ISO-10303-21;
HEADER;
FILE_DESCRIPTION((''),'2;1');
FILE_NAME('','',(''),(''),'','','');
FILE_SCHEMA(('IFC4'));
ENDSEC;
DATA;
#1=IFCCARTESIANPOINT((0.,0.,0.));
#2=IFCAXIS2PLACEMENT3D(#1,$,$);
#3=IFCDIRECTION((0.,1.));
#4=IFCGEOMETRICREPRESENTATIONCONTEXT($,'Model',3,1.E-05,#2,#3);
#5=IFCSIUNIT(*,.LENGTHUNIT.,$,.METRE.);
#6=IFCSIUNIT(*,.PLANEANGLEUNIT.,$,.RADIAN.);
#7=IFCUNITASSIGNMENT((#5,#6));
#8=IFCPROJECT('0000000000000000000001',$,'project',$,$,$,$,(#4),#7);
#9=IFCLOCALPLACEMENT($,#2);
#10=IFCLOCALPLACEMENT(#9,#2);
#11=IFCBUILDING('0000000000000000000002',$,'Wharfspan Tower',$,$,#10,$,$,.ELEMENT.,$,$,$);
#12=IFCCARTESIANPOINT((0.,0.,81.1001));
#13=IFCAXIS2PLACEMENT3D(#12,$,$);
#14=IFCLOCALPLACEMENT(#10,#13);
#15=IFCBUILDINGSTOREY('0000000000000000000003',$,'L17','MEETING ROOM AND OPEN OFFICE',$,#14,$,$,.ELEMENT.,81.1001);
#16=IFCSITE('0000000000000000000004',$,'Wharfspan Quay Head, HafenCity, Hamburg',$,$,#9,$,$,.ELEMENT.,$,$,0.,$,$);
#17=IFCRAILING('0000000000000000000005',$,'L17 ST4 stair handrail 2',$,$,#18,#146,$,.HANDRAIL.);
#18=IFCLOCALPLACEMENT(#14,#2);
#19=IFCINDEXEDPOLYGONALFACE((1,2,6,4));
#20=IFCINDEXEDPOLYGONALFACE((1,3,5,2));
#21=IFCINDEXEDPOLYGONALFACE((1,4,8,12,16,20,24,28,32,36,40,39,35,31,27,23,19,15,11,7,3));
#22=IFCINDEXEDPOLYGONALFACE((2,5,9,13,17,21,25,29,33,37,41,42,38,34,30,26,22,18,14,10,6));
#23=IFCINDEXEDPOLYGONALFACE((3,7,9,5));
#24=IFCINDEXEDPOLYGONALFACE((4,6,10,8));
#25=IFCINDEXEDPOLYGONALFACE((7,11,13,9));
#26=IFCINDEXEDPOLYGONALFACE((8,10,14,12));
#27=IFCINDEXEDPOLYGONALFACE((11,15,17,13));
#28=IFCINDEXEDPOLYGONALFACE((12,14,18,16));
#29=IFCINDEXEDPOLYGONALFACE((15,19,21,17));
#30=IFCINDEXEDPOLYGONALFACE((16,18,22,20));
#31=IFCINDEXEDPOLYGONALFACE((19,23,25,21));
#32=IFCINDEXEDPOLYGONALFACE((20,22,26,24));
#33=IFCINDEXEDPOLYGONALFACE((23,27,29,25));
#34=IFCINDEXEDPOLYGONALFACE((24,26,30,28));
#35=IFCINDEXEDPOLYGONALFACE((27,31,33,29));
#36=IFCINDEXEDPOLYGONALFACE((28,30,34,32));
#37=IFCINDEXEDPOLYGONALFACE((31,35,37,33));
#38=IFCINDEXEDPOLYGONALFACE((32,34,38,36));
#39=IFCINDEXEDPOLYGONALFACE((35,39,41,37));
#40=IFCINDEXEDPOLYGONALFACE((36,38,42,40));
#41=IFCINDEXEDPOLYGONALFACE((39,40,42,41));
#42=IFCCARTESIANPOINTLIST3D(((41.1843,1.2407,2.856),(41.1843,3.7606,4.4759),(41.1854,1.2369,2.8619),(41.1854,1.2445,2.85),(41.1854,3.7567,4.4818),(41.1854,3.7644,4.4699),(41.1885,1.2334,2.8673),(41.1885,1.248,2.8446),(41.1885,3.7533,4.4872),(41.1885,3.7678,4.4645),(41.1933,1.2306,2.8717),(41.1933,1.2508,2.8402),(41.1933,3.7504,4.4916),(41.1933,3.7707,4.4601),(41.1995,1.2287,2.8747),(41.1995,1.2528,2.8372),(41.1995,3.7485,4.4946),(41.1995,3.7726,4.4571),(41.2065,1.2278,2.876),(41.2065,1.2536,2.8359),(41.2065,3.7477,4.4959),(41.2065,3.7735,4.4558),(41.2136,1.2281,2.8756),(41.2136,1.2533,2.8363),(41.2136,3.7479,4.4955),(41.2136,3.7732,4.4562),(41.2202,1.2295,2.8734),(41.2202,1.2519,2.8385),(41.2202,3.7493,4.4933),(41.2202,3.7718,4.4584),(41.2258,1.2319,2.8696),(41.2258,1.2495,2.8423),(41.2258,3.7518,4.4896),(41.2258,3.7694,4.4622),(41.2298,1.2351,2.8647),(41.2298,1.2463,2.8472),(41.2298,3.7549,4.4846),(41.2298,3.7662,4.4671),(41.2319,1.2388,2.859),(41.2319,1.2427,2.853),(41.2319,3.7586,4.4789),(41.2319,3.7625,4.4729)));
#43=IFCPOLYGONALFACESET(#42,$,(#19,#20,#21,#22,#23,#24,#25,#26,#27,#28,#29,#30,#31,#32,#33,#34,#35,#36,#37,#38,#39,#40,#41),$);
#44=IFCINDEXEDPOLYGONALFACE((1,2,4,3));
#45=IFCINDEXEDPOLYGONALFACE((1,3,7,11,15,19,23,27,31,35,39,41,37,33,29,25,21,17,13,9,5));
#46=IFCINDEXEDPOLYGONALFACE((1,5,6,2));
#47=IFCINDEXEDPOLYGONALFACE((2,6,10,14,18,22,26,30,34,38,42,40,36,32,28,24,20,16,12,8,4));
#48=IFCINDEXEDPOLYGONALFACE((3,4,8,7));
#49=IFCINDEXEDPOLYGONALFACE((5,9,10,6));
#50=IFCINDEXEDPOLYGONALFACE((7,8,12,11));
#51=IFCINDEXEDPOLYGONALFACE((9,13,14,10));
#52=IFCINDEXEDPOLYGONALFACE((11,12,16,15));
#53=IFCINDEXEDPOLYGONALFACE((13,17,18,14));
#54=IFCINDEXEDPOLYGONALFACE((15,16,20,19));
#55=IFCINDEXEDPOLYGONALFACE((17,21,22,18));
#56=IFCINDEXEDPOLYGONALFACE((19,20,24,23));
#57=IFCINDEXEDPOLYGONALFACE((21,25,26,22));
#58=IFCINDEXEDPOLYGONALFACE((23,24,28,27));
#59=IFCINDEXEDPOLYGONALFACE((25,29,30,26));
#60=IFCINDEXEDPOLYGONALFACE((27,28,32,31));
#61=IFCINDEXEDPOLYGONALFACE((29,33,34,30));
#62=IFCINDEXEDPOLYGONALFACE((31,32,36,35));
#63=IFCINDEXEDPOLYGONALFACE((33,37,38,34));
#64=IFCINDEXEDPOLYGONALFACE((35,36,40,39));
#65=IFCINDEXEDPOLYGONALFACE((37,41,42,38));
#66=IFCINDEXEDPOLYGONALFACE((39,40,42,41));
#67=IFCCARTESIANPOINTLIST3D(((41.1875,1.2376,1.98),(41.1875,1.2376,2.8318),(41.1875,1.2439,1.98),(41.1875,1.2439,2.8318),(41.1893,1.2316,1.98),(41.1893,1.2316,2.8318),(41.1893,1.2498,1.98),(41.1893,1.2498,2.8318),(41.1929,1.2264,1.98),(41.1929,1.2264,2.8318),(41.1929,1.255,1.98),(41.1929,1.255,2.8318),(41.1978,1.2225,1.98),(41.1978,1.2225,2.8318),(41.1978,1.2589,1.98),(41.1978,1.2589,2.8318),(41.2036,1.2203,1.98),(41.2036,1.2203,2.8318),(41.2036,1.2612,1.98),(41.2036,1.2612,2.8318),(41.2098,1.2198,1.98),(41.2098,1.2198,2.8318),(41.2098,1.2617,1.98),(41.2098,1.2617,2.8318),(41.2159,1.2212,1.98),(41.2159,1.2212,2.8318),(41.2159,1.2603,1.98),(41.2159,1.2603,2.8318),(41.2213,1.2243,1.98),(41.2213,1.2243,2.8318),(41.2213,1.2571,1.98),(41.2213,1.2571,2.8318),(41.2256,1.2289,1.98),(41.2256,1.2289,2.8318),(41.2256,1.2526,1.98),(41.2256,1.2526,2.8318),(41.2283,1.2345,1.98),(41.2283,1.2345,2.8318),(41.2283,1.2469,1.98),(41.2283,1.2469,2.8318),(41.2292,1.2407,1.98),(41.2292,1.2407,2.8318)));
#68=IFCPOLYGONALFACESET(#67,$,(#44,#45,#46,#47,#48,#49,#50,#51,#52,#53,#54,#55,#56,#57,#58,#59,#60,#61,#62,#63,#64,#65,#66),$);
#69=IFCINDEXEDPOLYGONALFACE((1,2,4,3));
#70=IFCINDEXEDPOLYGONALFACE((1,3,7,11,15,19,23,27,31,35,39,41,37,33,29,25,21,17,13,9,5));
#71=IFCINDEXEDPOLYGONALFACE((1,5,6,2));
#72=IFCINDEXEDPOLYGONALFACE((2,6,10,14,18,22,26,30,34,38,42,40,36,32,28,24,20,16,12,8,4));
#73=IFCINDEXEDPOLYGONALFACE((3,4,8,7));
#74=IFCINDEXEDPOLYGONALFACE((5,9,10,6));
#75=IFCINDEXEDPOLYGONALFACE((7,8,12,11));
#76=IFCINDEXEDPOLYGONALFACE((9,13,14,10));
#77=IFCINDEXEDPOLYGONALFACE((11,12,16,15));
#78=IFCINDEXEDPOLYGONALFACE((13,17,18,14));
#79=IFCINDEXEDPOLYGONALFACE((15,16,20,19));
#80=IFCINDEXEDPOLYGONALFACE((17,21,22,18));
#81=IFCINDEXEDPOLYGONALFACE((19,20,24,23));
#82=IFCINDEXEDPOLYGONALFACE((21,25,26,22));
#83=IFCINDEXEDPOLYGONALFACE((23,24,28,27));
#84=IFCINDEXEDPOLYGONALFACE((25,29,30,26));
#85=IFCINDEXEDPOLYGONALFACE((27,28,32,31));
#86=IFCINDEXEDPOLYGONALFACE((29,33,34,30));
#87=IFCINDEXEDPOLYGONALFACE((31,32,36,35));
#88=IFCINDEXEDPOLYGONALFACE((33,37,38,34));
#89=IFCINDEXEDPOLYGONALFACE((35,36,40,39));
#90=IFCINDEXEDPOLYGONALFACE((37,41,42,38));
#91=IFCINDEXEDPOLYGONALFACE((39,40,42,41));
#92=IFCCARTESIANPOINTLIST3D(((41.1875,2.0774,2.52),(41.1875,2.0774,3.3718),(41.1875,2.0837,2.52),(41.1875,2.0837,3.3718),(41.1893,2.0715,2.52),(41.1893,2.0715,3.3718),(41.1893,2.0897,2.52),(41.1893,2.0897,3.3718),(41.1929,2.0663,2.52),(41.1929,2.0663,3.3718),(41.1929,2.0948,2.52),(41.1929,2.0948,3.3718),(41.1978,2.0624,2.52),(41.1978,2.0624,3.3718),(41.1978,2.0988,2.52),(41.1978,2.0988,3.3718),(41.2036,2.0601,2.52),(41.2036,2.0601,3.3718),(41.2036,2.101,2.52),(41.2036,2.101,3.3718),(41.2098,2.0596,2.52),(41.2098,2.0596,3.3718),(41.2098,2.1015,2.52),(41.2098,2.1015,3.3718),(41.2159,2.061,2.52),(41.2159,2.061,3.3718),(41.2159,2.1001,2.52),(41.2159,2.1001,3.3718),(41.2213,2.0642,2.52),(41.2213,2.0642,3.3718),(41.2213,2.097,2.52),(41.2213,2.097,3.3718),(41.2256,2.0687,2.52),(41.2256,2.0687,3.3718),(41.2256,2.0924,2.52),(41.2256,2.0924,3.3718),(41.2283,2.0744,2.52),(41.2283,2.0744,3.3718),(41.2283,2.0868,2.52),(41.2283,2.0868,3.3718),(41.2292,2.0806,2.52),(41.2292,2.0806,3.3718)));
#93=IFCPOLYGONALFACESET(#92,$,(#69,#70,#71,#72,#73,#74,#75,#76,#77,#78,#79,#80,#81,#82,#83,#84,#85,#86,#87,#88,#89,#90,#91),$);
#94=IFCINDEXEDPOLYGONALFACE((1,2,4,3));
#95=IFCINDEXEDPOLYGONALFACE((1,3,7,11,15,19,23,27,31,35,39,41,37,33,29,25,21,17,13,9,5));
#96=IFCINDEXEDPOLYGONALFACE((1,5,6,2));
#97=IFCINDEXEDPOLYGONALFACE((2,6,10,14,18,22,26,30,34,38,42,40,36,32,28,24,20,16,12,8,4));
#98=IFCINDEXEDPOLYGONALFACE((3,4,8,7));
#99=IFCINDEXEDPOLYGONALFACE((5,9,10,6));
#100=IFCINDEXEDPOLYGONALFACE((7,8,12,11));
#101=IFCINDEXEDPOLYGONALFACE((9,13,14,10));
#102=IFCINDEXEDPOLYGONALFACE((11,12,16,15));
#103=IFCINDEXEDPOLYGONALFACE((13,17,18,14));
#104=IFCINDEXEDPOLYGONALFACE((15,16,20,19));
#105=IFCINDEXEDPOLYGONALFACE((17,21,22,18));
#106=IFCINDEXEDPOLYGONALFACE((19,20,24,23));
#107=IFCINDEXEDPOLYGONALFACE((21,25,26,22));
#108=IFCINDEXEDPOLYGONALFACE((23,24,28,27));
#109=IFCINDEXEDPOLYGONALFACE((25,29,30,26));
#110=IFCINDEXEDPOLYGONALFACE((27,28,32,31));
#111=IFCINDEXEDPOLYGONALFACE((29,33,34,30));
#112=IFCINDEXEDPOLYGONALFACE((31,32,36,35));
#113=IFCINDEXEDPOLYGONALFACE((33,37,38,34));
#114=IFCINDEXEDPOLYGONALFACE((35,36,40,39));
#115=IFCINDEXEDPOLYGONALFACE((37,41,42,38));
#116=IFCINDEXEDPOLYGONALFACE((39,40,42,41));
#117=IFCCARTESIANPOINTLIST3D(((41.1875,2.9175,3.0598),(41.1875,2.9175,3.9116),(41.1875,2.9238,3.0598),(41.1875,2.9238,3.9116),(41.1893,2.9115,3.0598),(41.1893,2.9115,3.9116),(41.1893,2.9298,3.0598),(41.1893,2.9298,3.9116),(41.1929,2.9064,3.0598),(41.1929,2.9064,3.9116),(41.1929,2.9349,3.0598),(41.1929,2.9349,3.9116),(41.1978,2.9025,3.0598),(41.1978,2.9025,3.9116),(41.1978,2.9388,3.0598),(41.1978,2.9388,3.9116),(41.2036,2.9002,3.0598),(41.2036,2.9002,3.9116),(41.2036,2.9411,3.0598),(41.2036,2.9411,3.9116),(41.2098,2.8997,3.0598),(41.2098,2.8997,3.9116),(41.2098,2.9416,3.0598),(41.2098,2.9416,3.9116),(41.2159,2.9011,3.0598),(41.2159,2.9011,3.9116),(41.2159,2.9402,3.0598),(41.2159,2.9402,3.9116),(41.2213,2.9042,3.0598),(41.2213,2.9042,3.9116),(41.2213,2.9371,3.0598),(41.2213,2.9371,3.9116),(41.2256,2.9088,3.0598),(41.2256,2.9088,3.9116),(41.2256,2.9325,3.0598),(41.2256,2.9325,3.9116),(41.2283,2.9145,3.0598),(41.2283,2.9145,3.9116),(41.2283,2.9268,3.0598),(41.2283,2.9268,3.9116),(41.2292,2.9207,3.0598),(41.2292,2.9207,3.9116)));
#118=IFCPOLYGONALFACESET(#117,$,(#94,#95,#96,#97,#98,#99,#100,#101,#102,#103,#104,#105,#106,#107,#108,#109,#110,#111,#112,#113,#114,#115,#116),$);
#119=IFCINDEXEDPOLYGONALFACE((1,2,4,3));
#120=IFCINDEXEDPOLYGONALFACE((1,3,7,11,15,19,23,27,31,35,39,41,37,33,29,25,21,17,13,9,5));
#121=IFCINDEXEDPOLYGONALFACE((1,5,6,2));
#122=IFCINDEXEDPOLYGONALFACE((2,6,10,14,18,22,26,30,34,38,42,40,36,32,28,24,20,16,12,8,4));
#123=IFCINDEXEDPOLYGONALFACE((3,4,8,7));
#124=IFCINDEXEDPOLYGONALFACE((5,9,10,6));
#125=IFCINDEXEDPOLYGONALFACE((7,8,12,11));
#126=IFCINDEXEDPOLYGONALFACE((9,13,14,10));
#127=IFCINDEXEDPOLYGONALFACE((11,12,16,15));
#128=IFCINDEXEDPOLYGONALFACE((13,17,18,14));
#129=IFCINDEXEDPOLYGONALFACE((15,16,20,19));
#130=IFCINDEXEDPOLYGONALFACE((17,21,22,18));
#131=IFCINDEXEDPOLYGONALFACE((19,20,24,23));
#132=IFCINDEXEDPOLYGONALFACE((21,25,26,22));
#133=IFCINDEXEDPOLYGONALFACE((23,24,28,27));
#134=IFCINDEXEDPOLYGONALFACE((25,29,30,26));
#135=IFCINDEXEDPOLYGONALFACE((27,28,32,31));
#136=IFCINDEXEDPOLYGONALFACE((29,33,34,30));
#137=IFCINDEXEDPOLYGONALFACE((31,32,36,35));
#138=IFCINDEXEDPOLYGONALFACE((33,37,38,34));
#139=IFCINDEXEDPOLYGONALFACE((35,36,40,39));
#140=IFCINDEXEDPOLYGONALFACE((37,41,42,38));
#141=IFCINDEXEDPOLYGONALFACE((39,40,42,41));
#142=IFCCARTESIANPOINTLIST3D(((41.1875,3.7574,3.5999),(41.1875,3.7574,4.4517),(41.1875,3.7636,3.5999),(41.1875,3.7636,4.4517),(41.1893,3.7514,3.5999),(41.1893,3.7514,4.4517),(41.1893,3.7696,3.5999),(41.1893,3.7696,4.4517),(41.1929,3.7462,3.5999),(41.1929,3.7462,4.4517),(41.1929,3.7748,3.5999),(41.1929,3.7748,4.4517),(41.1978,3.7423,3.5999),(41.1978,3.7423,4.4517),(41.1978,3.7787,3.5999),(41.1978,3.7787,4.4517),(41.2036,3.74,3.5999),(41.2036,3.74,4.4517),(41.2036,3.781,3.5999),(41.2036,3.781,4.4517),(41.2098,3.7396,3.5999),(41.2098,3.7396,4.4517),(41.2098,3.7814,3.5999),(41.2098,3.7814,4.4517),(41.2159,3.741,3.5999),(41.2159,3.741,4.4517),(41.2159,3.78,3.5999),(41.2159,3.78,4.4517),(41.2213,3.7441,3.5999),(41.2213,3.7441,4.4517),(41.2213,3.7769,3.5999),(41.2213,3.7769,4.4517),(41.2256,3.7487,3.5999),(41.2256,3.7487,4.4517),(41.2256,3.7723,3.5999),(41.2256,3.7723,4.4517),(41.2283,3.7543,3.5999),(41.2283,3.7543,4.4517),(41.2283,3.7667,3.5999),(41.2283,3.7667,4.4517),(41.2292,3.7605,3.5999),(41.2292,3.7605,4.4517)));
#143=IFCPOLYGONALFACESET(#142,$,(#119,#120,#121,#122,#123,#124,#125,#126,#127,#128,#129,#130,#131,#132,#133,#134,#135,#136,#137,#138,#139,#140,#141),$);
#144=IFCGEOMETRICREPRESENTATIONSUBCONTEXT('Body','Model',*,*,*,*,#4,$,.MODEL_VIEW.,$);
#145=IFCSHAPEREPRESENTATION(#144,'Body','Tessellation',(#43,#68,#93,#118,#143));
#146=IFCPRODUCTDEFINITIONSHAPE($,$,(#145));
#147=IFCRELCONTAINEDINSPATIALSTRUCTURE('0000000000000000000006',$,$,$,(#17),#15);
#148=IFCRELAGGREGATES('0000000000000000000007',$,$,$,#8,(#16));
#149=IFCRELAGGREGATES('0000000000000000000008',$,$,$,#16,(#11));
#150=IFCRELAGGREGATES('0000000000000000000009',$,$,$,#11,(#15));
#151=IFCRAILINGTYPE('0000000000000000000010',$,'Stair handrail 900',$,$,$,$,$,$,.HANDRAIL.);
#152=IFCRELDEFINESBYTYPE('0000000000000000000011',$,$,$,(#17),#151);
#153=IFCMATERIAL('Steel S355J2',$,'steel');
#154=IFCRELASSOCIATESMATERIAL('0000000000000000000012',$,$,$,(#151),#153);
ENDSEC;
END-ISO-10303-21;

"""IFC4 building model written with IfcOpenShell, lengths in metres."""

from ifc_helpers import new_model, si_unit, direction, frame, origin, origin_2d, place, context, subcontext, project, spatial, circle, extrude, material, type_object, element, save


model = new_model("IFC4")

# Units and contexts
model_context = context("Model", 3, precision=1e-05, world=origin(), true_north=direction((0.0, 1.0)))
body_context = subcontext(model_context, "Body", "Model", "MODEL_VIEW")
ifc_project = project(units=[si_unit("LENGTHUNIT", "METRE"), si_unit("PLANEANGLEUNIT", "RADIAN")], contexts=[model_context])

# Site, building, storey
site_placement = place(None, origin())
site = spatial("IfcSite", under=ifc_project, at=site_placement, Name="Wharfspan Quay Head, HafenCity, Hamburg", CompositionType="ELEMENT", RefElevation=0.0)
building_placement = place(site_placement, origin())
building = spatial("IfcBuilding", under=site, at=building_placement, Name="Wharfspan Tower", CompositionType="ELEMENT")
storey_placement = place(building_placement, frame((0.0, 0.0, 81.1001)))
storey = spatial("IfcBuildingStorey", under=building, at=storey_placement, Name="L17", Description="MEETING ROOM AND OPEN OFFICE", CompositionType="ELEMENT", Elevation=81.1001)

# Railing
ifc_material_1 = material(Name="Steel S355J2", Category="steel")
railing_type_1 = type_object("IfcRailingType", Name="Stair handrail 900", PredefinedType="HANDRAIL", material=ifc_material_1)
railing_1_placement = place(storey_placement, frame((41.2083, 1.2407, 1.98)))
element("IfcRailing", 1, at=railing_1_placement, inside=storey, type_object=railing_type_1, Name="L17 ST4 stair handrail 2", PredefinedType="HANDRAIL", context=body_context, shape_type="SweptSolid", body=[
    extrude(circle(Radius=0.0239, at=origin_2d()), frame((0.0, 0.0, 0.876), z_axis=(0.0, 0.841176, 0.540762), x_axis=(-1.0, 0.0, 0.0)), (0.0, 0.0, 1.0), 2.9956),
    extrude(circle(Radius=0.021, at=origin_2d()), origin(), (0.0, 0.0, 1.0), 0.8518),
    extrude(circle(Radius=0.021, at=origin_2d()), frame((0.0, 0.8398, 0.54)), (0.0, 0.0, 1.0), 0.8518),
    extrude(circle(Radius=0.021, at=origin_2d()), frame((0.0, 1.6799, 1.0798)), (0.0, 0.0, 1.0), 0.8518),
    extrude(circle(Radius=0.021, at=origin_2d()), frame((0.0, 2.5198, 1.6199)), (0.0, 0.0, 1.0), 0.8518),
])

save(model, "model.ifc")
